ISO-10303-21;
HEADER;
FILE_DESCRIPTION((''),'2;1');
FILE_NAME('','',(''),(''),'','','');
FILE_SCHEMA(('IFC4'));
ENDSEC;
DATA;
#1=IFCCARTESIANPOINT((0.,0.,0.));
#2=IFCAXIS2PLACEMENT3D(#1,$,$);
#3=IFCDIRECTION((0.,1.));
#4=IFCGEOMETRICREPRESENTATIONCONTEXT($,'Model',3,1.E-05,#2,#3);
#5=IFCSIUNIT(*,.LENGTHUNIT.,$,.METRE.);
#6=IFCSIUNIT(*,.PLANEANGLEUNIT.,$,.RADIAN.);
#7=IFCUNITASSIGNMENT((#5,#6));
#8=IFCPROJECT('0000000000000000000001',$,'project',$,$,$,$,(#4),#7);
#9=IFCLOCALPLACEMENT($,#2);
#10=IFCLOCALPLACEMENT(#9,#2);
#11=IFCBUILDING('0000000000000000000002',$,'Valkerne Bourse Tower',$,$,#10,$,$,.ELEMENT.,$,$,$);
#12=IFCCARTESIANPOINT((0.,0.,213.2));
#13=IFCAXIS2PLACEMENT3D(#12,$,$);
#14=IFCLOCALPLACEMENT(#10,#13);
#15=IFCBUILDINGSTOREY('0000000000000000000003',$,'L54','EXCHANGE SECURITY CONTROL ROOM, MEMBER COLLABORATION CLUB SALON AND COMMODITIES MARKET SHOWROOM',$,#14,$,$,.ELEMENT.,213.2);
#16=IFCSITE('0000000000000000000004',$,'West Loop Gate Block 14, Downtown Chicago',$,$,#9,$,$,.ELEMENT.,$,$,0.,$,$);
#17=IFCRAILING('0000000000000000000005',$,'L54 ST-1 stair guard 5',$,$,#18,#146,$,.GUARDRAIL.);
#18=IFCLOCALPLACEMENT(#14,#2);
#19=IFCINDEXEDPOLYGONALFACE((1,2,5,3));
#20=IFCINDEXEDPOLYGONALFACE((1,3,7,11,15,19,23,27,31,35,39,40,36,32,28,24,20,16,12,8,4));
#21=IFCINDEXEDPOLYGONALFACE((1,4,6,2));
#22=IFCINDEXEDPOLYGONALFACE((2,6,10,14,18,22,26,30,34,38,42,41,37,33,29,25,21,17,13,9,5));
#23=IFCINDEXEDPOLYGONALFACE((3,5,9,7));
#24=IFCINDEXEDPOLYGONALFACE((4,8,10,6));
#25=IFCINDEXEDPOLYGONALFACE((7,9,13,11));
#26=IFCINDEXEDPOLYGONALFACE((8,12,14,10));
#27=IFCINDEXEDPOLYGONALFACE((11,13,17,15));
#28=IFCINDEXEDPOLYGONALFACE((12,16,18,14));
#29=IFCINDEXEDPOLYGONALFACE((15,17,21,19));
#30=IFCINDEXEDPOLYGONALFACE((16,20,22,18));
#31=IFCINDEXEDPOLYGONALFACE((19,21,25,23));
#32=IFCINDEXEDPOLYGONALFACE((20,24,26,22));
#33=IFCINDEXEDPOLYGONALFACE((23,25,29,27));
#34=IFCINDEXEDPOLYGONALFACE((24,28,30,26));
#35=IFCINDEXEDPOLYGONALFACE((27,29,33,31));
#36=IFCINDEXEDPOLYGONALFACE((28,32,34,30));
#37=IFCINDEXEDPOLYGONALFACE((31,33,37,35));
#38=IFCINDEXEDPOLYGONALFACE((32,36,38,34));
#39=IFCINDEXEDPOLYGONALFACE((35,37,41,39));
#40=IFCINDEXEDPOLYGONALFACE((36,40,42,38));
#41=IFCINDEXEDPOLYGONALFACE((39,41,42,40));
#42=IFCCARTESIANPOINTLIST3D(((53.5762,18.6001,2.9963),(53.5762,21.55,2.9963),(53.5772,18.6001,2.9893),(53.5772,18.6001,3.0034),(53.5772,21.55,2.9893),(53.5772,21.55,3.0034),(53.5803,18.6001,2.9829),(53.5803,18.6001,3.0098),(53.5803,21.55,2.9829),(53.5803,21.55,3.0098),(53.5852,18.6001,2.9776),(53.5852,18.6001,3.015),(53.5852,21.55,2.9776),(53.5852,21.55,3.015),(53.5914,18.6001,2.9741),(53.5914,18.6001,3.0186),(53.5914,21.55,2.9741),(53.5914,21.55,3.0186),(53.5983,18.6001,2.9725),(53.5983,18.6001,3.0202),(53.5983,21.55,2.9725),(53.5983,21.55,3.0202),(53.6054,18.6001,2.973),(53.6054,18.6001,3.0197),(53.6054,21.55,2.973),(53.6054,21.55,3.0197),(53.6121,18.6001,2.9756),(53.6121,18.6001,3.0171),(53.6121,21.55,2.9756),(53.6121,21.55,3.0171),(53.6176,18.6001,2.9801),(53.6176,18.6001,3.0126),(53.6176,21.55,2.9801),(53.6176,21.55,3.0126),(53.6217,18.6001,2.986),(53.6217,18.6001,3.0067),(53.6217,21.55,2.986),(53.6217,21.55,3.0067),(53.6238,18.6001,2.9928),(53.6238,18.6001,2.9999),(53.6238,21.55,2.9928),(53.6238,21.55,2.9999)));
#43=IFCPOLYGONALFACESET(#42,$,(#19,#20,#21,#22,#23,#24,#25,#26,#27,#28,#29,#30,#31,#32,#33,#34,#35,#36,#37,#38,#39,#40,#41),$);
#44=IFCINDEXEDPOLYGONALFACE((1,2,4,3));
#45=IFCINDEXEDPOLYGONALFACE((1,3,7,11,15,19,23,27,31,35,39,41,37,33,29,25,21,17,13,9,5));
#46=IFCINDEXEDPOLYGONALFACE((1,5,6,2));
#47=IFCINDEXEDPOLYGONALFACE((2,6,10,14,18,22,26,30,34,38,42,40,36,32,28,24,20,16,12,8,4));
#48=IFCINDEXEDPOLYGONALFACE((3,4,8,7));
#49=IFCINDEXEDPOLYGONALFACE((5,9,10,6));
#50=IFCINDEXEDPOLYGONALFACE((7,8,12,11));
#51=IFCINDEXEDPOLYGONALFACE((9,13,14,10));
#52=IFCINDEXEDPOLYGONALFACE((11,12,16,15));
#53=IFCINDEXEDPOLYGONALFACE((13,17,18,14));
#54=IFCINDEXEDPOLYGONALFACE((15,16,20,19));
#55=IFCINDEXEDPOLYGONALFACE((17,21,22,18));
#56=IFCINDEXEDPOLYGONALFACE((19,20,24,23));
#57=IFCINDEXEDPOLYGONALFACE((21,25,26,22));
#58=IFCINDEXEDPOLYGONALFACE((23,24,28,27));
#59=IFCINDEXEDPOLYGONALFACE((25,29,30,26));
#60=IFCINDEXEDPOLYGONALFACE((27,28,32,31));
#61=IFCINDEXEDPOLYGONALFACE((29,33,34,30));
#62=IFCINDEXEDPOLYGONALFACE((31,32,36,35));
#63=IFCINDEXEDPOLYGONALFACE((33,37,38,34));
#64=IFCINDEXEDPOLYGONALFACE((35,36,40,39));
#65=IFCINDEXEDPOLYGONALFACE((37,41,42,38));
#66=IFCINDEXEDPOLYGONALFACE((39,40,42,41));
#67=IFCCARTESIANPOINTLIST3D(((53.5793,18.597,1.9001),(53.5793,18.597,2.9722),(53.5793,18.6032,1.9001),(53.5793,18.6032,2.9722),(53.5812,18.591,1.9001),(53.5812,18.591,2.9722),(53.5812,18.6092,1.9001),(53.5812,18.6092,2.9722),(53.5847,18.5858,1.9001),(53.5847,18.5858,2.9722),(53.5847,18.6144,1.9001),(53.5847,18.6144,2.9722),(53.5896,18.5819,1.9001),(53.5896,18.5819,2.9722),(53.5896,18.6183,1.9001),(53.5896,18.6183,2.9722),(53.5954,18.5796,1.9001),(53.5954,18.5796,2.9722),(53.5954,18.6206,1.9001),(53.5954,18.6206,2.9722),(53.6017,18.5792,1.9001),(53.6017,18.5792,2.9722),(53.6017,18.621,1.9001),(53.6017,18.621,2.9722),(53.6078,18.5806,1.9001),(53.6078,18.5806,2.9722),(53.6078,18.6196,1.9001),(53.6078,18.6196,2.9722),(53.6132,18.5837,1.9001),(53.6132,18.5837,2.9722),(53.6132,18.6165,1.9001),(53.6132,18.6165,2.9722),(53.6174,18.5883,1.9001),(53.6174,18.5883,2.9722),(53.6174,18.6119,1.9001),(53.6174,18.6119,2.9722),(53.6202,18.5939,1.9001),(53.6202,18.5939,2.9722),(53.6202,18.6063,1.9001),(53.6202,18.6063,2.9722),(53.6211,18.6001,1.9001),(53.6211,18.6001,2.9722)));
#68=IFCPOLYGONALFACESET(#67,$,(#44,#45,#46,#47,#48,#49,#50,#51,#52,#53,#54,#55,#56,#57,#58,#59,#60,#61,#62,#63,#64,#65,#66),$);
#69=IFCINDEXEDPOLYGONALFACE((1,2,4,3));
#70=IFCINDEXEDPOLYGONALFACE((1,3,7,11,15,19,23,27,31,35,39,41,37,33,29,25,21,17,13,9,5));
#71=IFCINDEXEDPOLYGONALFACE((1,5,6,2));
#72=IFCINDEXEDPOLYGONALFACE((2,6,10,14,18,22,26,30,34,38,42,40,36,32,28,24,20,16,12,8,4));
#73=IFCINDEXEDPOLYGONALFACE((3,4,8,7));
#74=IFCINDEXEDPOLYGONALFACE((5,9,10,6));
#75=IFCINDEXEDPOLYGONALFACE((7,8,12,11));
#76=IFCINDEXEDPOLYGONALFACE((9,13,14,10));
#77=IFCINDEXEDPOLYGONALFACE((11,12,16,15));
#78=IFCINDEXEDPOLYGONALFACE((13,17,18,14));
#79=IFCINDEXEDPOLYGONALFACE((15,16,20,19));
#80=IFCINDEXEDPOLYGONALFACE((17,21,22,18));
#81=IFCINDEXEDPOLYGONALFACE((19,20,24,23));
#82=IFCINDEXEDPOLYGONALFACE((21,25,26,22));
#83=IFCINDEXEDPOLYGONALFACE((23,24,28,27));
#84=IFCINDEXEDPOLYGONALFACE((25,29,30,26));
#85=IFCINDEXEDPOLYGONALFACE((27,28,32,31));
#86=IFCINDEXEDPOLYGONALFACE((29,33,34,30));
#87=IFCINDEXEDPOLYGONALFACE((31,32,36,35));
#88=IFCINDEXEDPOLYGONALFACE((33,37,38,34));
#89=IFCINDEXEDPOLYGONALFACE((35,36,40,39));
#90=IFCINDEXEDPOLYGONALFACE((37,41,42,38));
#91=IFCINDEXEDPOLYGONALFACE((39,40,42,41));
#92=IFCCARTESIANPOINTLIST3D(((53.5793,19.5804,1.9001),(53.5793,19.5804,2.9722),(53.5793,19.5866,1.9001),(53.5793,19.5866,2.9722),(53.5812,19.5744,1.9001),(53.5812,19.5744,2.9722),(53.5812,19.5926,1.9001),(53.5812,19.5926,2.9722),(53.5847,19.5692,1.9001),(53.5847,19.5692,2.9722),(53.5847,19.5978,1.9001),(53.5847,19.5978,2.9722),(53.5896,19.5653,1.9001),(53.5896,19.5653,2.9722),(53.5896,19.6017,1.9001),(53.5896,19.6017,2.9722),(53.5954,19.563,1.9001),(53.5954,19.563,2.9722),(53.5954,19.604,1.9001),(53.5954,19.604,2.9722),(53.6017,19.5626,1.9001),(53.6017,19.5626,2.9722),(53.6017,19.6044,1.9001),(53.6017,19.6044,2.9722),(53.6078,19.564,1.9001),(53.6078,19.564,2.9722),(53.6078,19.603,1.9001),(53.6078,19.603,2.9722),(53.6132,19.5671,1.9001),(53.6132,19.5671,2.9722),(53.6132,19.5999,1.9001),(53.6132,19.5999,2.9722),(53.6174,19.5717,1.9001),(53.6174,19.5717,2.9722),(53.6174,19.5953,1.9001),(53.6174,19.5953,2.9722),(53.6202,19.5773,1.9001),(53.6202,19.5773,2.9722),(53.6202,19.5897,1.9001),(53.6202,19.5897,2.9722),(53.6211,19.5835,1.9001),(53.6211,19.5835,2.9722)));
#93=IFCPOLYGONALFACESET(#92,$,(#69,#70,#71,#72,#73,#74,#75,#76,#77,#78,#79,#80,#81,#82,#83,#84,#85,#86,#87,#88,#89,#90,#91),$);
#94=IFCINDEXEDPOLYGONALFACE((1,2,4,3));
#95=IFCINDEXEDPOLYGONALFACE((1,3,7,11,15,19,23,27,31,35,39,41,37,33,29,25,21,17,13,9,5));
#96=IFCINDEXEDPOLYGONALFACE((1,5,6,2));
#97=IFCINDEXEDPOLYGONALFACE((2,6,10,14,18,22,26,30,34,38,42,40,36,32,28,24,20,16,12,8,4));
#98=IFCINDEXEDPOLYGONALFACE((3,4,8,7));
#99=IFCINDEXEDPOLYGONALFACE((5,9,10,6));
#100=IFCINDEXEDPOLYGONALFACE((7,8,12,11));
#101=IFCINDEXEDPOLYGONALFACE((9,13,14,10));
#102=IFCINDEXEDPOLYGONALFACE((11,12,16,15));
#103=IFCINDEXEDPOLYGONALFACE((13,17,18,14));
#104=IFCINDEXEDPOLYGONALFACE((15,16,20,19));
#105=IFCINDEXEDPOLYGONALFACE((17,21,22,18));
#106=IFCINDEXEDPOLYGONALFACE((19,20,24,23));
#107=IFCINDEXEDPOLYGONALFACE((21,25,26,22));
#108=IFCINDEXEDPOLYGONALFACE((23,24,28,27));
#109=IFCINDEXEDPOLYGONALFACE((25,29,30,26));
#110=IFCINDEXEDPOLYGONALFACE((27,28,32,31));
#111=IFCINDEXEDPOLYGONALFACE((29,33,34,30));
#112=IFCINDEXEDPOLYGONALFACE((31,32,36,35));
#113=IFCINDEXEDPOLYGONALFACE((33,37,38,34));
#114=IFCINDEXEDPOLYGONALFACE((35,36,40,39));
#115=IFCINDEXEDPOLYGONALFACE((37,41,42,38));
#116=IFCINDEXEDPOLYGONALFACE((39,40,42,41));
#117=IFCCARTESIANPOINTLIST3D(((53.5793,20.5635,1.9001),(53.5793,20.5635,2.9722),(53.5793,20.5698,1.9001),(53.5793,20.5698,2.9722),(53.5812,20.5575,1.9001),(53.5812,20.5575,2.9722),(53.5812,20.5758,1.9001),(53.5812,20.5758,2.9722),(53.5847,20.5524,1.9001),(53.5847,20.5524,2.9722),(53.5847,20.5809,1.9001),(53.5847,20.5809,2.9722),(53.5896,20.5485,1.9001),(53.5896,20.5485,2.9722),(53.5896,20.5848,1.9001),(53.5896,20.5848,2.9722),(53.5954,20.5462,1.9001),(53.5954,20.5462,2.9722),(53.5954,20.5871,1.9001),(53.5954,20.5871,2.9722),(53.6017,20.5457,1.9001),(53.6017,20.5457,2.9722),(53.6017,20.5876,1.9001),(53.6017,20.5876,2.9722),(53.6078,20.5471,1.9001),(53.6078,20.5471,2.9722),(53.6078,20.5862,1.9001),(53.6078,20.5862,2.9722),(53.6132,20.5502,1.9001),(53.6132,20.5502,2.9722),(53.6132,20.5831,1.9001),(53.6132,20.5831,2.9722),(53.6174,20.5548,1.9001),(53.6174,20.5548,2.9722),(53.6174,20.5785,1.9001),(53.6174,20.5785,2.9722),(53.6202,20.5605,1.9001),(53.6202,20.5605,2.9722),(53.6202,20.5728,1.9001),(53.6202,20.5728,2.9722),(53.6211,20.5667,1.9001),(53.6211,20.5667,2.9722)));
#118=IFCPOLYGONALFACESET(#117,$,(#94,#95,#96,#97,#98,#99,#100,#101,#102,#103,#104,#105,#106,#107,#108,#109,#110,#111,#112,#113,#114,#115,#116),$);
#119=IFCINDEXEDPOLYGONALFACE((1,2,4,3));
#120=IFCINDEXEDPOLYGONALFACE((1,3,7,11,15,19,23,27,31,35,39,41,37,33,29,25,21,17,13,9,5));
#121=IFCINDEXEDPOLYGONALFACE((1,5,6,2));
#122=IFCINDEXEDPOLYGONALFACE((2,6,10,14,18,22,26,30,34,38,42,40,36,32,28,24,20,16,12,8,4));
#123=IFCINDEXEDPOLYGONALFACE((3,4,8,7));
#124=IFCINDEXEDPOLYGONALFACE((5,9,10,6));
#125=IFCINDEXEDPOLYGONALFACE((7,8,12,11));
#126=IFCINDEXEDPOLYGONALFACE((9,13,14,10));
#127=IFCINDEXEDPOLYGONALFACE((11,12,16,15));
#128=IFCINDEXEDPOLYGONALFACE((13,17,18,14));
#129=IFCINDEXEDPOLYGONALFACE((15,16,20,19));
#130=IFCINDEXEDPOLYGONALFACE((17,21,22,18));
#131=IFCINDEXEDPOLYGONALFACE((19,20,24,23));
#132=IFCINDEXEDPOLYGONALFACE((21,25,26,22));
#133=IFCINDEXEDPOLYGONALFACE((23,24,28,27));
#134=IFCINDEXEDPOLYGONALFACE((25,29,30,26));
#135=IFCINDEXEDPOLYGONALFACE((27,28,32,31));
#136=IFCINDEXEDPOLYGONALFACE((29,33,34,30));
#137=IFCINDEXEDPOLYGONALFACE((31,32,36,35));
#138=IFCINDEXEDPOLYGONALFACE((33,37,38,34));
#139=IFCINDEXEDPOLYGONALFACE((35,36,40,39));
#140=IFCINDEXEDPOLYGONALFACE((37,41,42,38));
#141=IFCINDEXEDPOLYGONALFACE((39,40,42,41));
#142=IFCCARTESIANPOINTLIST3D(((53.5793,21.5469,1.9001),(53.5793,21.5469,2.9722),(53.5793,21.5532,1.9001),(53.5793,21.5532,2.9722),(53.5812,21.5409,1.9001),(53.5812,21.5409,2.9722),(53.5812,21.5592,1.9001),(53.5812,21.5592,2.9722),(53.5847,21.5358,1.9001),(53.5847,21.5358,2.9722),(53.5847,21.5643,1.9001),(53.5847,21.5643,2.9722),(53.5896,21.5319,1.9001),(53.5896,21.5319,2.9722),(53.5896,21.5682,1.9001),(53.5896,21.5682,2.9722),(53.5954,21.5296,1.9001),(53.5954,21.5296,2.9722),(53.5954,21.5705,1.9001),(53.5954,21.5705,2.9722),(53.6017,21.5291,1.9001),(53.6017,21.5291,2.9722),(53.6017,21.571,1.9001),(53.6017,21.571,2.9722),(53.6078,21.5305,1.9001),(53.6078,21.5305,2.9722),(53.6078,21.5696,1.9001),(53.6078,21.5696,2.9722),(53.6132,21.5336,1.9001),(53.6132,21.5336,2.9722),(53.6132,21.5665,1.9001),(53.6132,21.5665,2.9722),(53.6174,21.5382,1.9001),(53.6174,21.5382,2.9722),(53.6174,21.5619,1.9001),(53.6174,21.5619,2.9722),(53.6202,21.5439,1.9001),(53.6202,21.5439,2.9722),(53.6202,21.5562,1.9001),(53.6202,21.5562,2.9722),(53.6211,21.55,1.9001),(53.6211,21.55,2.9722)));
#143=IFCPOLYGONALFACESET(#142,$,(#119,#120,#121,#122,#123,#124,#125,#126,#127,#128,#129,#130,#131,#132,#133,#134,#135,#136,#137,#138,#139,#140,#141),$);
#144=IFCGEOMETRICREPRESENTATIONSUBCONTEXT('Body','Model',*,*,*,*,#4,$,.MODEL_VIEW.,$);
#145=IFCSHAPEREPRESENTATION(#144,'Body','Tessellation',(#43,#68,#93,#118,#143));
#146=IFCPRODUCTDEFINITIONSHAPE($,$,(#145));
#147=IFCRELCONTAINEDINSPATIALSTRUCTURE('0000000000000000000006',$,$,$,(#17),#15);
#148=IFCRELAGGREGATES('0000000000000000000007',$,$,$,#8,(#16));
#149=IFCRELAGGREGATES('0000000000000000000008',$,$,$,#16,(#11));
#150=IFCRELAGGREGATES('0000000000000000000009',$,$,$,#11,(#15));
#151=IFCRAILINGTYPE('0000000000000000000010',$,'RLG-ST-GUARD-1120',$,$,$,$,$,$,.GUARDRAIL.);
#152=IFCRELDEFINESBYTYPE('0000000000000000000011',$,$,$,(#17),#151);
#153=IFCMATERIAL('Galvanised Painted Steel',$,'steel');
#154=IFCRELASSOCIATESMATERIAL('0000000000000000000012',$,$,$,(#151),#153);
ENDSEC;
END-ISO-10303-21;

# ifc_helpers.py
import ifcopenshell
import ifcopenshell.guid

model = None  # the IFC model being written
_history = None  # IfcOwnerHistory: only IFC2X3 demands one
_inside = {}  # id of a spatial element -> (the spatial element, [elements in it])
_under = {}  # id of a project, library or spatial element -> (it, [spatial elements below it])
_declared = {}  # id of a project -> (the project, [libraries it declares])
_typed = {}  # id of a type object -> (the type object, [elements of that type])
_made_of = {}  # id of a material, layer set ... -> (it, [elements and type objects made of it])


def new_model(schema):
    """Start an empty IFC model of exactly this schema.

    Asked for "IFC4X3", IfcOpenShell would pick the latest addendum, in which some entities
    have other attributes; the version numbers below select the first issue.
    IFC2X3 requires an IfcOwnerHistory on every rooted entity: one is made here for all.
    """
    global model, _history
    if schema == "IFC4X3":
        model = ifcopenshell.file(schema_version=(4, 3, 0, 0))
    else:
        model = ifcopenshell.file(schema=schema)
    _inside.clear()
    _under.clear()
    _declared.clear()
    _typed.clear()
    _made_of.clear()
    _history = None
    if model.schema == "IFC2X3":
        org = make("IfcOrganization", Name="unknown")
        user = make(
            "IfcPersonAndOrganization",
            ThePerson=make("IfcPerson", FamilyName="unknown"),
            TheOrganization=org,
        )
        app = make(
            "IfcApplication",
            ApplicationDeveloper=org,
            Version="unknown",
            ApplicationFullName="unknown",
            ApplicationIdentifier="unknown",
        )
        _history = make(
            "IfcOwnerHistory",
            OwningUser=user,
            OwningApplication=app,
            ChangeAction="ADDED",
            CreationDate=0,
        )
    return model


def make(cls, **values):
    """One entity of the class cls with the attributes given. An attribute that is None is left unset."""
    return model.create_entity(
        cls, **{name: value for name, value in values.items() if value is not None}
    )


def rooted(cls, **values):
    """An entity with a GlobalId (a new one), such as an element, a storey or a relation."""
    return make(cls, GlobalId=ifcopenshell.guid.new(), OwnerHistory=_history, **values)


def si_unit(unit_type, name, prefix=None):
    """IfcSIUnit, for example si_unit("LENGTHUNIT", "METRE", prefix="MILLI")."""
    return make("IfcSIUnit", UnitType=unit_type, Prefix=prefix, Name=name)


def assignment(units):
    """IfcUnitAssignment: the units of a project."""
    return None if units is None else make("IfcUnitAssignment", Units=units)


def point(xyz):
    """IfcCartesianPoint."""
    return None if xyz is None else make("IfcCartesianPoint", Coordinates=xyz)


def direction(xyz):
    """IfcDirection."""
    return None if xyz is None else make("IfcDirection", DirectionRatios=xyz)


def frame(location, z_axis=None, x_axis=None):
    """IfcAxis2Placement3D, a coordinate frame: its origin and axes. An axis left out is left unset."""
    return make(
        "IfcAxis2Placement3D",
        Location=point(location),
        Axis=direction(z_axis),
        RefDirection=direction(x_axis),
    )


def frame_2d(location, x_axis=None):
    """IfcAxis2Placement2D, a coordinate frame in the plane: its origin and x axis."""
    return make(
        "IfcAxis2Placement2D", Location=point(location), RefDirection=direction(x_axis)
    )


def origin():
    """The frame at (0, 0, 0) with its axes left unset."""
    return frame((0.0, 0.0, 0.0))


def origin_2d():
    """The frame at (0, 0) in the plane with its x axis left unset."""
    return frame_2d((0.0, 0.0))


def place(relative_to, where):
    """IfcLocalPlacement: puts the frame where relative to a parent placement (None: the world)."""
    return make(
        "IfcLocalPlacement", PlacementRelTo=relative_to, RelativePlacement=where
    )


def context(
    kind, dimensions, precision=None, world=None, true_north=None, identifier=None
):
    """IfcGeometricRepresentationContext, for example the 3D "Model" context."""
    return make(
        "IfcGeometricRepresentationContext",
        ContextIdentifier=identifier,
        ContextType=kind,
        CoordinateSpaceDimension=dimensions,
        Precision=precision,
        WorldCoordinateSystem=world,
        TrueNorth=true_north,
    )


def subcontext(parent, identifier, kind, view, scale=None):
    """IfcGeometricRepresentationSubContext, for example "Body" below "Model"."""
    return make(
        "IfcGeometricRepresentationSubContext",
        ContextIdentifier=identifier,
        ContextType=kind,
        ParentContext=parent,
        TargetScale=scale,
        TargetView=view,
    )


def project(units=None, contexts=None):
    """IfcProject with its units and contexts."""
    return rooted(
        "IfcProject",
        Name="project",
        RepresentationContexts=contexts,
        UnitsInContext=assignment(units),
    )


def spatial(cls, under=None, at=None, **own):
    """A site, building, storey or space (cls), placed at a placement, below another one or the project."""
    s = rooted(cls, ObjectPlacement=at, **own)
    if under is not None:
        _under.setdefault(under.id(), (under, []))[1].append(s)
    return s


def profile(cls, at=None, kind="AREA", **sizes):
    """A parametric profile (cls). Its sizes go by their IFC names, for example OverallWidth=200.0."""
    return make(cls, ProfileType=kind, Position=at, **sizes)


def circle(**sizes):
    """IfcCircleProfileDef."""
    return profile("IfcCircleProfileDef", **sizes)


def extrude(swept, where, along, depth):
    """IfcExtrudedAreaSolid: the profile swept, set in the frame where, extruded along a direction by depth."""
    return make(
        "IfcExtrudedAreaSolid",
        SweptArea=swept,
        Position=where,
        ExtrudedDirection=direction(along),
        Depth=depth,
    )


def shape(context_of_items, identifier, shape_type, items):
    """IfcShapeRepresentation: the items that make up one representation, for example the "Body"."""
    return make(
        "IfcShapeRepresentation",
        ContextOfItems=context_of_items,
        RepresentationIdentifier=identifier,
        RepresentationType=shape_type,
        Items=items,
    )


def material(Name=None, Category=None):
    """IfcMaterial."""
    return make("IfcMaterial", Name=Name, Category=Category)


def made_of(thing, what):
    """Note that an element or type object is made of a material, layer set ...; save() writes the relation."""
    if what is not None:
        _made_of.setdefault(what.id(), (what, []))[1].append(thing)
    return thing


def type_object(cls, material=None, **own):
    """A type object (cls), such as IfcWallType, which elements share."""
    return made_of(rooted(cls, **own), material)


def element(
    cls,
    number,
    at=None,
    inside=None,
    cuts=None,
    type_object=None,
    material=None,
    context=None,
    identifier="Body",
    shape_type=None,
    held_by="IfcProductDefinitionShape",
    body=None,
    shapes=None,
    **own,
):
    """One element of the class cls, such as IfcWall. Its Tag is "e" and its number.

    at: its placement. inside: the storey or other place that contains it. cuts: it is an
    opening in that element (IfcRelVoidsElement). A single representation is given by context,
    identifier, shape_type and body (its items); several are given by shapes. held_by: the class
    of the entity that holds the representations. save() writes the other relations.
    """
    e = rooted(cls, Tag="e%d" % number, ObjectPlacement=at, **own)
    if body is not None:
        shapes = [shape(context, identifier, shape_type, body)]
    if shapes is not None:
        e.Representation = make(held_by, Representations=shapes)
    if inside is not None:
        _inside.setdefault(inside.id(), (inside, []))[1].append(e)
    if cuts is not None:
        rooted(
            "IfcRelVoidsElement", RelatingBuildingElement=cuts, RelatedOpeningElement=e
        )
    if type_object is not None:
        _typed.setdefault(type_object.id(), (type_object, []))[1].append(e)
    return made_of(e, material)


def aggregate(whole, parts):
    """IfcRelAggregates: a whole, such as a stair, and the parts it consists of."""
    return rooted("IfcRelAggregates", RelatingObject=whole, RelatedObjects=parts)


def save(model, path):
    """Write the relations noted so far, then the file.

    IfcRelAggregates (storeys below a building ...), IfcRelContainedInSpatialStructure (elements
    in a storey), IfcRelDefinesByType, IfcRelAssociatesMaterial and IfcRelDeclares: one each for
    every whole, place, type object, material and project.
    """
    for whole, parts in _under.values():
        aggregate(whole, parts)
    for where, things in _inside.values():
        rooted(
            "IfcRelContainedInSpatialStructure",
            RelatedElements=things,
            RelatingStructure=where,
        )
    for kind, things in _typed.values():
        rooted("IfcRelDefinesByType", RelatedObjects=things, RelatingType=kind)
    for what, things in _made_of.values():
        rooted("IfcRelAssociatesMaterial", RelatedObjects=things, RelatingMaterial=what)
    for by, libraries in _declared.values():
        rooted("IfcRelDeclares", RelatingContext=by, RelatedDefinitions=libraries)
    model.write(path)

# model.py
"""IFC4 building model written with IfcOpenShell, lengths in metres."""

from ifc_helpers import new_model, si_unit, direction, frame, origin, origin_2d, place, context, subcontext, project, spatial, circle, extrude, material, type_object, element, save


model = new_model("IFC4")

# Units and contexts
model_context = context("Model", 3, precision=1e-05, world=origin(), true_north=direction((0.0, 1.0)))
body_context = subcontext(model_context, "Body", "Model", "MODEL_VIEW")
ifc_project = project(units=[si_unit("LENGTHUNIT", "METRE"), si_unit("PLANEANGLEUNIT", "RADIAN")], contexts=[model_context])

# Site, building, storey
site_placement = place(None, origin())
site = spatial("IfcSite", under=ifc_project, at=site_placement, Name="West Loop Gate Block 14, Downtown Chicago", CompositionType="ELEMENT", RefElevation=0.0)
building_placement = place(site_placement, origin())
building = spatial("IfcBuilding", under=site, at=building_placement, Name="Valkerne Bourse Tower", CompositionType="ELEMENT")
storey_placement = place(building_placement, frame((0.0, 0.0, 213.2)))
storey = spatial("IfcBuildingStorey", under=building, at=storey_placement, Name="L54", Description="EXCHANGE SECURITY CONTROL ROOM, MEMBER COLLABORATION CLUB SALON AND COMMODITIES MARKET SHOWROOM", CompositionType="ELEMENT", Elevation=213.2)

# Railing
ifc_material_1 = material(Name="Galvanised Painted Steel", Category="steel")
railing_type = type_object("IfcRailingType", Name="RLG-ST-GUARD-1120", PredefinedType="GUARDRAIL", material=ifc_material_1)
railing_1_placement = place(storey_placement, frame((53.6001, 18.6001, 1.9001)))
element("IfcRailing", 1, at=railing_1_placement, inside=storey, type_object=railing_type, Name="L54 ST-1 stair guard 5", PredefinedType="GUARDRAIL", context=body_context, shape_type="SweptSolid", body=[
    extrude(circle(Radius=0.0239, at=origin_2d()), frame((0.0, 0.0, 1.0962), z_axis=(0.0, 1.0, 0.0), x_axis=(-1.0, 0.0, 0.0)), (0.0, 0.0, 1.0), 2.95),
    extrude(circle(Radius=0.021, at=origin_2d()), origin(), (0.0, 0.0, 1.0), 1.072),
    extrude(circle(Radius=0.021, at=origin_2d()), frame((0.0, 0.9834, 0.0)), (0.0, 0.0, 1.0), 1.072),
    extrude(circle(Radius=0.021, at=origin_2d()), frame((0.0, 1.9666, 0.0)), (0.0, 0.0, 1.0), 1.072),
    extrude(circle(Radius=0.021, at=origin_2d()), frame((0.0, 2.95, 0.0)), (0.0, 0.0, 1.0), 1.072),
])

save(model, "model.ifc")
